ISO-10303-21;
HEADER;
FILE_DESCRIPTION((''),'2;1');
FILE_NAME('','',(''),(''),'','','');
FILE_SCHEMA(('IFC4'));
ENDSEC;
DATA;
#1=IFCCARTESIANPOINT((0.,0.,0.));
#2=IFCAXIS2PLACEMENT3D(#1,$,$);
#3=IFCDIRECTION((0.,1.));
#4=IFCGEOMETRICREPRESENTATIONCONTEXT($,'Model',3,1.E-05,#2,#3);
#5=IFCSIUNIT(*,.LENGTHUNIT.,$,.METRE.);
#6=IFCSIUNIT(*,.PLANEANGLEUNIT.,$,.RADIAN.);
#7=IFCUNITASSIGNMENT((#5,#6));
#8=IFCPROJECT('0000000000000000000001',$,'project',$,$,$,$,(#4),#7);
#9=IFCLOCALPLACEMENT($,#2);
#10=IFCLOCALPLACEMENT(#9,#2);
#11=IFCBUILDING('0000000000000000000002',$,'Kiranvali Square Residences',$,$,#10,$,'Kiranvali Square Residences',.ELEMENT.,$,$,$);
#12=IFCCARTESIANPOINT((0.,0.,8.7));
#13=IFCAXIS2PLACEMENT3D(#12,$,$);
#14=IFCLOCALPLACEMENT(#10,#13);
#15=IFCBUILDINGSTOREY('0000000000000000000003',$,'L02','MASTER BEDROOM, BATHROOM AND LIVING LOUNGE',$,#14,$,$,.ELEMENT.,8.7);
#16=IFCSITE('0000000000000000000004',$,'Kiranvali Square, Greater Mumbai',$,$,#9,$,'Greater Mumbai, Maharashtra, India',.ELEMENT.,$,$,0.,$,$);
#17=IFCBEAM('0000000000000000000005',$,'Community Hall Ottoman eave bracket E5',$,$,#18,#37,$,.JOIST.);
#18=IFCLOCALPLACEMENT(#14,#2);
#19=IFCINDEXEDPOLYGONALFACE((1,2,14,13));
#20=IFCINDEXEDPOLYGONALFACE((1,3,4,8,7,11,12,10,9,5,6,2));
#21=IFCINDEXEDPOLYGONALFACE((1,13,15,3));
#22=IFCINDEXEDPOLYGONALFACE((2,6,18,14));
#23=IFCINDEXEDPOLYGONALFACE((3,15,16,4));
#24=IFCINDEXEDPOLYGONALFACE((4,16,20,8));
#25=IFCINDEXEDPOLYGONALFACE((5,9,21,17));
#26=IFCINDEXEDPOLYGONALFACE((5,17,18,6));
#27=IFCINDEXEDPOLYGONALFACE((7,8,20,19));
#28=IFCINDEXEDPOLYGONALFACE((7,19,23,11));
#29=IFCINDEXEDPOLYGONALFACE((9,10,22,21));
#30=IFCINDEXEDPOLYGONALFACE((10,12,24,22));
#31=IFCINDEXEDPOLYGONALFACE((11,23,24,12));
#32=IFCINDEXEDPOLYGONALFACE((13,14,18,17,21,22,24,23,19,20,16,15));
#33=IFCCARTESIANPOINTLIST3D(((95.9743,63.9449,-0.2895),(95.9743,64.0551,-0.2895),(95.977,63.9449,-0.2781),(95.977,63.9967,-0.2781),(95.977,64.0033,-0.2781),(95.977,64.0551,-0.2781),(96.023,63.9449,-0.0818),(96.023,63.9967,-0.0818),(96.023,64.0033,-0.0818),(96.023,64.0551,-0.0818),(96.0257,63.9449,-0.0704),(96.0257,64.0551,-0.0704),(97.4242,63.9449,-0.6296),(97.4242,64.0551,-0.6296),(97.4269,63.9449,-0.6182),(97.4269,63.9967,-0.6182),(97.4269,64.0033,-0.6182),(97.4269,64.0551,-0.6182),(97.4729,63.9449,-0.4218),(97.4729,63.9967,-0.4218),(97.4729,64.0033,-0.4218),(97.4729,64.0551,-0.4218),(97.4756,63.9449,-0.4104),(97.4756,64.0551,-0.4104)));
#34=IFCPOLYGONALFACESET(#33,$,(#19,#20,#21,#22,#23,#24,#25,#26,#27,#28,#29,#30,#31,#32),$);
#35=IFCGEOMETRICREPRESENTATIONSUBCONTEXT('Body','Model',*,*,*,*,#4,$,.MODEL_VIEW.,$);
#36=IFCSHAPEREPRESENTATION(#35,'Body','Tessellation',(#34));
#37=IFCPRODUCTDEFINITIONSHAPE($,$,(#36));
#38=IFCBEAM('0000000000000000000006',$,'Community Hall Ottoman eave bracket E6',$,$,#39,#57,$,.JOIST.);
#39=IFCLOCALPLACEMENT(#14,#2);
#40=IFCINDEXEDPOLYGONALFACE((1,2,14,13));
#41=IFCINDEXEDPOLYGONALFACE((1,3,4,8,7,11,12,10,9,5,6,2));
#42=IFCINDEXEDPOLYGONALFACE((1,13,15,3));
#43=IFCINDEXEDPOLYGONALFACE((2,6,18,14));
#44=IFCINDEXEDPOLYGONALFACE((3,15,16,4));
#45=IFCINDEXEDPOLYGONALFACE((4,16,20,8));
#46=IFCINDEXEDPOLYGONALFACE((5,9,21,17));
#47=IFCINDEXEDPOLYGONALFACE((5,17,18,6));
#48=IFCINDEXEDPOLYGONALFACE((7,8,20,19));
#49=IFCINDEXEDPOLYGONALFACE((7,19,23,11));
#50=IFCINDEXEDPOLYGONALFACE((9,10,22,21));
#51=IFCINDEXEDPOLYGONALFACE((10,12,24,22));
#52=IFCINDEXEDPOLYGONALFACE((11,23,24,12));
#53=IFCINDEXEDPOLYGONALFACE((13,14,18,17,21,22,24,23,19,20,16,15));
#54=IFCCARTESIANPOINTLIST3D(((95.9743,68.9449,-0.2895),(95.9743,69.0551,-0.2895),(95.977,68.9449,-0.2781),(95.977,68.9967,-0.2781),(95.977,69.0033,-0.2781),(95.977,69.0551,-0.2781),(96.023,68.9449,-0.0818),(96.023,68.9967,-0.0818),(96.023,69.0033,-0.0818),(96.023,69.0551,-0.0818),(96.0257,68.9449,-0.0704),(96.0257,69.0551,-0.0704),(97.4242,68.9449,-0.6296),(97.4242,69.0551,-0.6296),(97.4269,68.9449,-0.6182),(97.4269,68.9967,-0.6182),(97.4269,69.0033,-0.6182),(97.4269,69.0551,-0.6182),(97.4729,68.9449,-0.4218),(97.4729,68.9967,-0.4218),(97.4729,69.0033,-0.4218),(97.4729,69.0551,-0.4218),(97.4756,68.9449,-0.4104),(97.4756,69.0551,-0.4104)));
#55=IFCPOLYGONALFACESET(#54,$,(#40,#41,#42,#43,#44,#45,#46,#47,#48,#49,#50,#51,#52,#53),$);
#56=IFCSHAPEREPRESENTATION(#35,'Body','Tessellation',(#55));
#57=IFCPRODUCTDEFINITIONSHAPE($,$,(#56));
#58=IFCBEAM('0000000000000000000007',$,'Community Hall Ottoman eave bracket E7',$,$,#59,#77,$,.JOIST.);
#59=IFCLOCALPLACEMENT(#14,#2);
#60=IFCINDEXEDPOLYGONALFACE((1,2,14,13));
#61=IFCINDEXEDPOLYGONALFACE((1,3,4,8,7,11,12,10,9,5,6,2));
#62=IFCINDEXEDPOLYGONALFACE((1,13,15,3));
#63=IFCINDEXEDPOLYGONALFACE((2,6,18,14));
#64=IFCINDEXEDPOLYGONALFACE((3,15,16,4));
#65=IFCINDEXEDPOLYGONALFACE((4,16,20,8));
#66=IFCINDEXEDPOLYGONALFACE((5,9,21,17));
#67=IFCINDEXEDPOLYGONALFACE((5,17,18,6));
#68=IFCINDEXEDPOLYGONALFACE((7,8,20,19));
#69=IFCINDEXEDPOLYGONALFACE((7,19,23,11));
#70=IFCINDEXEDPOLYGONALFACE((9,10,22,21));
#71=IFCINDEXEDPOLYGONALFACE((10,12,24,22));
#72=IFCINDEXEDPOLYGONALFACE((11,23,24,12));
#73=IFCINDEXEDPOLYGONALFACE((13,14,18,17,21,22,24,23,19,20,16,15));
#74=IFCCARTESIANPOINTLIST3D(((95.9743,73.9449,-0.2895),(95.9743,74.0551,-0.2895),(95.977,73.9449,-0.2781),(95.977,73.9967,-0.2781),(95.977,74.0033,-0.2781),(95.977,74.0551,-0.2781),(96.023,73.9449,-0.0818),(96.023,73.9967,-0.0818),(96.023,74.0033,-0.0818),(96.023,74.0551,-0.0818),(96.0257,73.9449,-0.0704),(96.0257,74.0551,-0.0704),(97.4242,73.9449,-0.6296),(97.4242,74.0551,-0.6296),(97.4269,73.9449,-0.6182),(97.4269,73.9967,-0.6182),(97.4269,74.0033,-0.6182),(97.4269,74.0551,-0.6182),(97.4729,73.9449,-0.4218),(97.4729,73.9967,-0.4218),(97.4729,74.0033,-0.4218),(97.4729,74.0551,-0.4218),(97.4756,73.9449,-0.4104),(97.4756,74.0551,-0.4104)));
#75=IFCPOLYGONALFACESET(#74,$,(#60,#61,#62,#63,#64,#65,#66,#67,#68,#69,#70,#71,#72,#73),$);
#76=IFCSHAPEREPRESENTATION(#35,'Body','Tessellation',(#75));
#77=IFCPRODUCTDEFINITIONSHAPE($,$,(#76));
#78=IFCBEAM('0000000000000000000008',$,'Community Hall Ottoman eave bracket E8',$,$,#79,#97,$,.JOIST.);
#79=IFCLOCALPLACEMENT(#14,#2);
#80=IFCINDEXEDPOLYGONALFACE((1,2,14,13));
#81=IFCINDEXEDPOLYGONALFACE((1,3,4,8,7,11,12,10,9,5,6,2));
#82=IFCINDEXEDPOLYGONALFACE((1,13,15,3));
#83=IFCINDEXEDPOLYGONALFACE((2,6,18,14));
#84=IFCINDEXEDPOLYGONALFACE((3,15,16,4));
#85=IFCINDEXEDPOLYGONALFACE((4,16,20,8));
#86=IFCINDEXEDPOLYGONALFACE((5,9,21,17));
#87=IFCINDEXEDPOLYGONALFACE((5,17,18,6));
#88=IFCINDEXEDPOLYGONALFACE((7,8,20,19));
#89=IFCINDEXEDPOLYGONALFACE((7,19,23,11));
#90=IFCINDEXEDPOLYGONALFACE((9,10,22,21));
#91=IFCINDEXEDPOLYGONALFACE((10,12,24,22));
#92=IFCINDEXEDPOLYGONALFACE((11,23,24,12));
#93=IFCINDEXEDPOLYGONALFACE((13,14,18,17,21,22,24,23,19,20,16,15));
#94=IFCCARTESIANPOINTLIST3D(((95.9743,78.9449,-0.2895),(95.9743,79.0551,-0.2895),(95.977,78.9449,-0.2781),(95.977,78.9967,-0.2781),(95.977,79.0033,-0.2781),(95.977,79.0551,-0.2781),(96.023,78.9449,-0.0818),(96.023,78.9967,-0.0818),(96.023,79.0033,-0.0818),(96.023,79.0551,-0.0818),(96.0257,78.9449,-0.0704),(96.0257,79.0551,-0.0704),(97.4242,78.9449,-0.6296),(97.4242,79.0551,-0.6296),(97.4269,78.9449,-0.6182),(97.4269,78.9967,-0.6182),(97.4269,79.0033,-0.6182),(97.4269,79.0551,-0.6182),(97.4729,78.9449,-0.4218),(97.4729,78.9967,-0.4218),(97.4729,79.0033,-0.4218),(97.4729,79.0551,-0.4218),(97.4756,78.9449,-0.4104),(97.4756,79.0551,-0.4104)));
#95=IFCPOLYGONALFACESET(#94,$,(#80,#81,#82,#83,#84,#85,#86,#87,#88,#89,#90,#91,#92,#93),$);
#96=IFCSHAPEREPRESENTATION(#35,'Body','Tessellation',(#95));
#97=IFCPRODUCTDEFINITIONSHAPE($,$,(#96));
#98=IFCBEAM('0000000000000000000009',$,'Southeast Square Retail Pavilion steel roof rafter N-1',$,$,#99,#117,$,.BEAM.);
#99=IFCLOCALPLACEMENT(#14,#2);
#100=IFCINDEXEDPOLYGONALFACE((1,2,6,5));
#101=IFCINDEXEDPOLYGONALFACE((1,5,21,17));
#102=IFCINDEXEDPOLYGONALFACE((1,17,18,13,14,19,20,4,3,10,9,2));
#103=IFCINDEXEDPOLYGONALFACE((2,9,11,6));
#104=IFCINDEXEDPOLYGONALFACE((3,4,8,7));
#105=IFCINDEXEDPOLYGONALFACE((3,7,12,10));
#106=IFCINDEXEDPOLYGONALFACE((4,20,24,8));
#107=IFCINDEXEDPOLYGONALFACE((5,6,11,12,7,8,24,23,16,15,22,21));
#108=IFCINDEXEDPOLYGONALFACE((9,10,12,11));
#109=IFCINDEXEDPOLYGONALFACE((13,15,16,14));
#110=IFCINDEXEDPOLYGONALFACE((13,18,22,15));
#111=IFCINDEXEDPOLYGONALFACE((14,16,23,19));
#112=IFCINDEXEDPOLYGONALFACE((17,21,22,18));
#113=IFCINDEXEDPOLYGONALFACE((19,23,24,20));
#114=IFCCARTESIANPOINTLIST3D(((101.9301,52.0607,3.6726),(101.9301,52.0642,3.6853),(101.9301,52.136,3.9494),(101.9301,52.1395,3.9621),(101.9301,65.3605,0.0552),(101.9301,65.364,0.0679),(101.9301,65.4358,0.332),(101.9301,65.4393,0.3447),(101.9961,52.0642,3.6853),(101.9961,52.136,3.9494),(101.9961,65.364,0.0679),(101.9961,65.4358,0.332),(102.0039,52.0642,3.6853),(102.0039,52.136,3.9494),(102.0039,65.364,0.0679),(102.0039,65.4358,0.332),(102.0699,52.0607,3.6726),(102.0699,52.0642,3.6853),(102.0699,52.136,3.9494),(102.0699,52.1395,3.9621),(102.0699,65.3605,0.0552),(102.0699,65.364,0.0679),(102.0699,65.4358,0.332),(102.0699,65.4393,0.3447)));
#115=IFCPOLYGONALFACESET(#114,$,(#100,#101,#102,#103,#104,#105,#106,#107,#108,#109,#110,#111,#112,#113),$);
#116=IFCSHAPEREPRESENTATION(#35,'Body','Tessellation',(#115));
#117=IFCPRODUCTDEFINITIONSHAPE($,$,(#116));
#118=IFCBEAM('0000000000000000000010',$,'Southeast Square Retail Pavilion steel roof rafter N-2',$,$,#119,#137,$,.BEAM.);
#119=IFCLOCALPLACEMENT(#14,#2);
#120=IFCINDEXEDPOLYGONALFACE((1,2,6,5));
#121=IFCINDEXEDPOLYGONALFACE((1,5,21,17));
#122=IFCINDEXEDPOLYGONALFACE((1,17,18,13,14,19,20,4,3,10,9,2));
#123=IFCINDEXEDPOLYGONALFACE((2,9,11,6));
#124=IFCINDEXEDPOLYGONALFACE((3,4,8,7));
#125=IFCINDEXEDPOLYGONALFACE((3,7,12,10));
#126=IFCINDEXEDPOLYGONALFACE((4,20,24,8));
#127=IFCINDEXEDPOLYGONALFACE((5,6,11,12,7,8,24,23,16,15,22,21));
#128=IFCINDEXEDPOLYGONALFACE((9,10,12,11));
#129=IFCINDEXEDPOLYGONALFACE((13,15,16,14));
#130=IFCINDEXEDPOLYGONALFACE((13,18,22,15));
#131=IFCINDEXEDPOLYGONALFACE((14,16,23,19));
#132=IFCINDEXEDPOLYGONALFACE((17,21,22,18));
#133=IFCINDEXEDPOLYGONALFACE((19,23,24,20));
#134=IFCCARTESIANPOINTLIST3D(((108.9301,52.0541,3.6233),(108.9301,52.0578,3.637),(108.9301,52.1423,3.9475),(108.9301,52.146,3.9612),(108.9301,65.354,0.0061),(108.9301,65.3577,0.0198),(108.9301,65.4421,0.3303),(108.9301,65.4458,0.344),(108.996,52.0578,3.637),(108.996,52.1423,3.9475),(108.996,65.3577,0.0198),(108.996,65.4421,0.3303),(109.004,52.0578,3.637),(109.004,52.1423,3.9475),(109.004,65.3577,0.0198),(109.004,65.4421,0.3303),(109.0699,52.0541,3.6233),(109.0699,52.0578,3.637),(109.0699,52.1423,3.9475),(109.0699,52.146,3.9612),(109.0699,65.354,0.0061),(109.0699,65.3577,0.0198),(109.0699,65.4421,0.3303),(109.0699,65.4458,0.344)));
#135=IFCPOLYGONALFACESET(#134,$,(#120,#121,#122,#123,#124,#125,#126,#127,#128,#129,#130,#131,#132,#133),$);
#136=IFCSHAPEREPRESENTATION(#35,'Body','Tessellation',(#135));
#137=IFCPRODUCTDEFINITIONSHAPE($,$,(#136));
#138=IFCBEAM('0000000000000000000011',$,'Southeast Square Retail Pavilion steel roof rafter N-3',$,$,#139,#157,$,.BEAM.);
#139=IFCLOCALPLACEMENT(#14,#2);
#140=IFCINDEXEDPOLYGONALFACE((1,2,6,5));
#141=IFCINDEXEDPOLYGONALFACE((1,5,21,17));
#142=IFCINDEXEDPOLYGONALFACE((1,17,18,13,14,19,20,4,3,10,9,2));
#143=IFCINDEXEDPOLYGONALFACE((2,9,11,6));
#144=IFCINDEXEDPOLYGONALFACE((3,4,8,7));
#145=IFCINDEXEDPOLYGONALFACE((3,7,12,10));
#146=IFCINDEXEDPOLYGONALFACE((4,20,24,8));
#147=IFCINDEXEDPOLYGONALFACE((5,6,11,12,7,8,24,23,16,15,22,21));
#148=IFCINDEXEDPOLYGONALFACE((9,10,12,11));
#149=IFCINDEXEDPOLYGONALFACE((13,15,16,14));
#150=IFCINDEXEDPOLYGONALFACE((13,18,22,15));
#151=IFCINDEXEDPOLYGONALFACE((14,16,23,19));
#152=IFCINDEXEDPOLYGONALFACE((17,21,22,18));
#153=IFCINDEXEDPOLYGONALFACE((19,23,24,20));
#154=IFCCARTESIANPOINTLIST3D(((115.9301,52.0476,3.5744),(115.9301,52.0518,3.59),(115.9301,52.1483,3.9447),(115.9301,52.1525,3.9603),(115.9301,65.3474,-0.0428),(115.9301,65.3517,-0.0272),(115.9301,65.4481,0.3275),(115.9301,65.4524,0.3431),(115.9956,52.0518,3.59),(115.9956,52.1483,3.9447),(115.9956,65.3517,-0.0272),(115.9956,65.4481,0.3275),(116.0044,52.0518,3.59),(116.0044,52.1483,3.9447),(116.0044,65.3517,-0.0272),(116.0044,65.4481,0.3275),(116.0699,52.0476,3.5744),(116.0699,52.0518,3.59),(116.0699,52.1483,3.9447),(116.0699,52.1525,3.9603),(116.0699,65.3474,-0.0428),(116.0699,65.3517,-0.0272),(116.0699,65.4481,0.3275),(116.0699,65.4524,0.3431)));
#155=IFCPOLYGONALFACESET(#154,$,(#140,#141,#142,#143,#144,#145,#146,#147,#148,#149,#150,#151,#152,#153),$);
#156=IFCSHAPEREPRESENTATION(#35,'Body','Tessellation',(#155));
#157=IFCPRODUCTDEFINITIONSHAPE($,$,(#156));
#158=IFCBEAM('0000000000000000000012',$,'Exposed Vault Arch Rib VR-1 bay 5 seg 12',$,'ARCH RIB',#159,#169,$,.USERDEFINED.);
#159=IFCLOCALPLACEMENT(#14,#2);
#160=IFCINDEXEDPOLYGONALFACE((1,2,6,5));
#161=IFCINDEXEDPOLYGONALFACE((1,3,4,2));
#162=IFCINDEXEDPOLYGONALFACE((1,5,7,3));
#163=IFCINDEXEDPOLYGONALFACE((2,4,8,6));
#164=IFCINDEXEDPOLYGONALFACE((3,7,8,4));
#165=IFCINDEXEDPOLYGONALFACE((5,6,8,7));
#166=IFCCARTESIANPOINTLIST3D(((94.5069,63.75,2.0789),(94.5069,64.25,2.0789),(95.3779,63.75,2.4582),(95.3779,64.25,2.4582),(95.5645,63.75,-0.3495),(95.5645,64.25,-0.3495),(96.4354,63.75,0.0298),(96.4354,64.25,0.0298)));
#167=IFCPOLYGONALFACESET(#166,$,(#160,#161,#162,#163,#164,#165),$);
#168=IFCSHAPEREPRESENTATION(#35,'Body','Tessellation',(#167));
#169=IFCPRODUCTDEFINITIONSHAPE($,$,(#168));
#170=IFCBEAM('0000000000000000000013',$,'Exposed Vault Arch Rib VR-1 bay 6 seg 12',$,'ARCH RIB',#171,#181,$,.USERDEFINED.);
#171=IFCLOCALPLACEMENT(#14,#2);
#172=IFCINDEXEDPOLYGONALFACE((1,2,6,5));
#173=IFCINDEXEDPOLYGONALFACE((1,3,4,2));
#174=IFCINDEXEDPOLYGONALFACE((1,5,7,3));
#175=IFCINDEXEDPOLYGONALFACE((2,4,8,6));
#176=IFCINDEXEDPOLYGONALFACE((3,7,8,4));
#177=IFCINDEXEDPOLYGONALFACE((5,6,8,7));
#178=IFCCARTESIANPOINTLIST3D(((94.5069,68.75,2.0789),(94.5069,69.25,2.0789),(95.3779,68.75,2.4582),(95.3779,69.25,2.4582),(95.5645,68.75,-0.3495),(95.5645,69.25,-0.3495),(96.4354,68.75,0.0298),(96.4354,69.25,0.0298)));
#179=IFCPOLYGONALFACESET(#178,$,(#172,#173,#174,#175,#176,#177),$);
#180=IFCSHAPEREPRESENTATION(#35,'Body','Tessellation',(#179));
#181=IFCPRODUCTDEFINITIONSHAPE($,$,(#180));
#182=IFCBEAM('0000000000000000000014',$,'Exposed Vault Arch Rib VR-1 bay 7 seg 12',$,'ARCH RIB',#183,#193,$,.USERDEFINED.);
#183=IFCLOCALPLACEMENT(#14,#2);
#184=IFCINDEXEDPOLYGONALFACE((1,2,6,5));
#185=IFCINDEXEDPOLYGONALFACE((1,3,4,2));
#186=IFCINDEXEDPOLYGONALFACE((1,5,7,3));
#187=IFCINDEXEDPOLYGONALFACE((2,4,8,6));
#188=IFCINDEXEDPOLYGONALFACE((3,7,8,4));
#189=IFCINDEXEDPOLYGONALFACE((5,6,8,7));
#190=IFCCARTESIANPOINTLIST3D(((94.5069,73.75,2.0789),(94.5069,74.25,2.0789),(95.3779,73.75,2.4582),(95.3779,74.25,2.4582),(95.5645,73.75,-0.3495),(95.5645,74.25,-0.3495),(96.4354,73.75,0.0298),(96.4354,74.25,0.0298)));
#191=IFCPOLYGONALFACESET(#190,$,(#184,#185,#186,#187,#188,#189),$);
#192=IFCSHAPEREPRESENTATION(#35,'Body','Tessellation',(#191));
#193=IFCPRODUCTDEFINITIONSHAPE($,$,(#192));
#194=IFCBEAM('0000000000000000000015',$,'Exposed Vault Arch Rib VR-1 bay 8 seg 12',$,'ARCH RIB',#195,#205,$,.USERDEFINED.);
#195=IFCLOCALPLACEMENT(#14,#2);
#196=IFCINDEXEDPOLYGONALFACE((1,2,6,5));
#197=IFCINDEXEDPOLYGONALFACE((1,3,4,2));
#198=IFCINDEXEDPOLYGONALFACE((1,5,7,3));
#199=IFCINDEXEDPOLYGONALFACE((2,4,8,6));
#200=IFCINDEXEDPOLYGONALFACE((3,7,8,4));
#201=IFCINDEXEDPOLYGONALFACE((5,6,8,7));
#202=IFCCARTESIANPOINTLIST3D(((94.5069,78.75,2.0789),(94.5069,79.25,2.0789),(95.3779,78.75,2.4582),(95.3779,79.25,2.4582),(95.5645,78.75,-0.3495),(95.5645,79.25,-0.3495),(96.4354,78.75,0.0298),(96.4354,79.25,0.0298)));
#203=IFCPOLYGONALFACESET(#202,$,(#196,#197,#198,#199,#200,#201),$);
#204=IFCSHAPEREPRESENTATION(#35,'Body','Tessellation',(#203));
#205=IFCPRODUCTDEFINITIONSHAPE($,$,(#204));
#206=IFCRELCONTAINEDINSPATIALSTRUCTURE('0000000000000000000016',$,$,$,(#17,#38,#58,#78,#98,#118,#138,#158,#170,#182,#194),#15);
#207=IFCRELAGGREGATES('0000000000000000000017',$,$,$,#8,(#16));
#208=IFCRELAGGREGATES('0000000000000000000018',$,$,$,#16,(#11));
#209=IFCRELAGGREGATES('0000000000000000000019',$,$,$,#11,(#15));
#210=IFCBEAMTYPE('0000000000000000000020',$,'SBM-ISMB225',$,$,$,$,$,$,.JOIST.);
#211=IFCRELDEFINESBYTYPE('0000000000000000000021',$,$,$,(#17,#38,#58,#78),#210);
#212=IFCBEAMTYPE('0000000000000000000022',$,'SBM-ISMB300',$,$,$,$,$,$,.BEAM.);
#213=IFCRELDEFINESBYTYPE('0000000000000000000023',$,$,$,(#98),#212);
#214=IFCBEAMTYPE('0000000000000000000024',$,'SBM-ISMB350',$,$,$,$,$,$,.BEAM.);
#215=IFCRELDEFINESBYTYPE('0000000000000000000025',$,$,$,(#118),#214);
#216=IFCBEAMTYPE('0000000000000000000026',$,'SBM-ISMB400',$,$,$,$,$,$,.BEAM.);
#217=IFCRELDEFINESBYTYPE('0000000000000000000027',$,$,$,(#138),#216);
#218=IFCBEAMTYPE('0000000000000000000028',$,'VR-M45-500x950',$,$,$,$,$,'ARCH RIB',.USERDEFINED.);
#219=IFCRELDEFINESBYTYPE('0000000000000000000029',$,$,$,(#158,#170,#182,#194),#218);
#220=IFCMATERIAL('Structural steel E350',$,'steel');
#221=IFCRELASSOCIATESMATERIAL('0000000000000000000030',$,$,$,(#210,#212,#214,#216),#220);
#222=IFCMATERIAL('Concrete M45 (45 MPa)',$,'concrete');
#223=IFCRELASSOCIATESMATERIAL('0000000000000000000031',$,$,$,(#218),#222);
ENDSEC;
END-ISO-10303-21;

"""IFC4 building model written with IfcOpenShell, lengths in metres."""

from ifc_helpers import new_model, si_unit, direction, frame, origin, origin_2d, place, context, subcontext, project, spatial, rectangle, i_section, extrude, material, material_profile, profile_set, type_object, element, save


model = new_model("IFC4")

# Units and contexts
model_context = context("Model", 3, precision=1e-05, world=origin(), true_north=direction((0.0, 1.0)))
body_context = subcontext(model_context, "Body", "Model", "MODEL_VIEW")
ifc_project = project(units=[si_unit("LENGTHUNIT", "METRE"), si_unit("PLANEANGLEUNIT", "RADIAN")], contexts=[model_context])

# Site, building, storey
site_placement = place(None, origin())
site = spatial("IfcSite", under=ifc_project, at=site_placement, Name="Kiranvali Square, Greater Mumbai", LongName="Greater Mumbai, Maharashtra, India", CompositionType="ELEMENT", RefElevation=0.0)
building_placement = place(site_placement, origin())
building = spatial("IfcBuilding", under=site, at=building_placement, Name="Kiranvali Square Residences", LongName="Kiranvali Square Residences", CompositionType="ELEMENT")
storey_placement = place(building_placement, frame((0.0, 0.0, 8.7)))
storey = spatial("IfcBuildingStorey", under=building, at=storey_placement, Name="L02", Description="MASTER BEDROOM, BATHROOM AND LIVING LOUNGE", CompositionType="ELEMENT", Elevation=8.7)

# Beams
ifc_material_1 = material(Name="Structural steel E350", Category="steel")
ifc_material_profile_1 = material_profile(ifc_material_1, i_section(OverallWidth=0.1101, OverallDepth=0.2251, WebThickness=0.0066, FlangeThickness=0.0117, at=origin_2d()), Name="ISMB 225")
ifc_profile_set_1 = profile_set([ifc_material_profile_1], Name="Structural steel E350")
beam_type_1 = type_object("IfcBeamType", Name="SBM-ISMB225", PredefinedType="JOIST", material=ifc_profile_set_1)
for number, where, z_axis, x_axis, name in (
    (1, (96.0, 64.0, -0.1799), (0.973578, 0.0, -0.228354), (0.0, 1.0, 0.0), "Community Hall Ottoman eave bracket E5"),
    (2, (96.0, 69.0, -0.1799), (0.973578, 0.0, -0.228354), (0.0, 1.0, 0.0), "Community Hall Ottoman eave bracket E6"),
    (3, (96.0, 74.0, -0.1799), (0.973578, 0.0, -0.228354), (0.0, 1.0, 0.0), "Community Hall Ottoman eave bracket E7"),
    (4, (96.0, 79.0, -0.1799), (0.973578, 0.0, -0.228354), (0.0, 1.0, 0.0), "Community Hall Ottoman eave bracket E8"),
):
    element("IfcBeam", number, at=place(storey_placement, frame(where, z_axis=z_axis, x_axis=x_axis)), inside=storey, type_object=beam_type_1, Name=name, PredefinedType="JOIST", context=body_context, shape_type="SweptSolid", body=[
        extrude(i_section(OverallWidth=0.1101, OverallDepth=0.2251, WebThickness=0.0066, FlangeThickness=0.0117, at=origin_2d()), origin(), (0.0, 0.0, 1.0), 1.4893),
    ])
ifc_material_profile_2 = material_profile(ifc_material_1, i_section(OverallWidth=0.1399, OverallDepth=0.3, WebThickness=0.0078, FlangeThickness=0.0132, at=origin_2d()), Name="ISMB 300")
ifc_profile_set_2 = profile_set([ifc_material_profile_2], Name="Structural steel E350")
beam_type_2 = type_object("IfcBeamType", Name="SBM-ISMB300", PredefinedType="BEAM", material=ifc_profile_set_2)
beam_1_placement = place(storey_placement, frame((102.0, 65.3999, 0.2), z_axis=(0.0, -0.964944, 0.262456), x_axis=(1.0, 0.0, 0.0)))
element("IfcBeam", 5, at=beam_1_placement, inside=storey, type_object=beam_type_2, Name="Southeast Square Retail Pavilion steel roof rafter N-1", PredefinedType="BEAM", context=body_context, shape_type="SweptSolid", body=[
    extrude(i_section(OverallWidth=0.1399, OverallDepth=0.3, WebThickness=0.0078, FlangeThickness=0.0132, at=origin_2d()), origin(), (0.0, 0.0, 1.0), 13.783),
])
ifc_material_profile_3 = material_profile(ifc_material_1, i_section(OverallWidth=0.1399, OverallDepth=0.3501, WebThickness=0.0081, FlangeThickness=0.0142, at=origin_2d()), Name="ISMB 350")
ifc_profile_set_3 = profile_set([ifc_material_profile_3], Name="Structural steel E350")
beam_type_3 = type_object("IfcBeamType", Name="SBM-ISMB350", PredefinedType="BEAM", material=ifc_profile_set_3)
beam_2_placement = place(storey_placement, frame((109.0, 65.3999, 0.175), z_axis=(0.0, -0.964948, 0.26244), x_axis=(1.0, 0.0, 0.0)))
element("IfcBeam", 6, at=beam_2_placement, inside=storey, type_object=beam_type_3, Name="Southeast Square Retail Pavilion steel roof rafter N-2", PredefinedType="BEAM", context=body_context, shape_type="SweptSolid", body=[
    extrude(i_section(OverallWidth=0.1399, OverallDepth=0.3501, WebThickness=0.0081, FlangeThickness=0.0142, at=origin_2d()), origin(), (0.0, 0.0, 1.0), 13.783),
])
ifc_material_profile_4 = material_profile(ifc_material_1, i_section(OverallWidth=0.1399, OverallDepth=0.3999, WebThickness=0.0088, FlangeThickness=0.0161, at=origin_2d()), Name="ISMB 400")
ifc_profile_set_4 = profile_set([ifc_material_profile_4], Name="Structural steel E350")
beam_type_4 = type_object("IfcBeamType", Name="SBM-ISMB400", PredefinedType="BEAM", material=ifc_profile_set_4)
beam_3_placement = place(storey_placement, frame((116.0, 65.3999, 0.1501), z_axis=(0.0, -0.964948, 0.26244), x_axis=(1.0, 0.0, 0.0)))
element("IfcBeam", 7, at=beam_3_placement, inside=storey, type_object=beam_type_4, Name="Southeast Square Retail Pavilion steel roof rafter N-3", PredefinedType="BEAM", context=body_context, shape_type="SweptSolid", body=[
    extrude(i_section(OverallWidth=0.1399, OverallDepth=0.3999, WebThickness=0.0088, FlangeThickness=0.0161, at=origin_2d()), origin(), (0.0, 0.0, 1.0), 13.783),
])
ifc_material_2 = material(Name="Concrete M45 (45 MPa)", Category="concrete")
ifc_material_profile_5 = material_profile(ifc_material_2, rectangle(XDim=0.5, YDim=0.95, at=origin_2d()), Name="RC 500x950")
ifc_profile_set_5 = profile_set([ifc_material_profile_5], Name="Concrete M45 (45 MPa)")
beam_type_5 = type_object("IfcBeamType", Name="VR-M45-500x950", ElementType="ARCH RIB", PredefinedType="USERDEFINED", material=ifc_profile_set_5)
for number, where, z_axis, x_axis, name in (
    (8, (94.9424, 64.0, 2.2686), (0.399286, 0.0, -0.916827), (0.0, 1.0, 0.0), "Exposed Vault Arch Rib VR-1 bay 5 seg 12"),
    (9, (94.9424, 69.0, 2.2686), (0.399286, 0.0, -0.916827), (0.0, 1.0, 0.0), "Exposed Vault Arch Rib VR-1 bay 6 seg 12"),
    (10, (94.9424, 74.0, 2.2686), (0.399286, 0.0, -0.916827), (0.0, 1.0, 0.0), "Exposed Vault Arch Rib VR-1 bay 7 seg 12"),
    (11, (94.9424, 79.0, 2.2686), (0.399286, 0.0, -0.916827), (0.0, 1.0, 0.0), "Exposed Vault Arch Rib VR-1 bay 8 seg 12"),
):
    element("IfcBeam", number, at=place(storey_placement, frame(where, z_axis=z_axis, x_axis=x_axis)), inside=storey, type_object=beam_type_5, Name=name, ObjectType="ARCH RIB", PredefinedType="USERDEFINED", context=body_context, shape_type="SweptSolid", body=[
        extrude(rectangle(XDim=0.5, YDim=0.95, at=origin_2d()), origin(), (0.0, 0.0, 1.0), 2.6487),
    ])

save(model, "model.ifc")
